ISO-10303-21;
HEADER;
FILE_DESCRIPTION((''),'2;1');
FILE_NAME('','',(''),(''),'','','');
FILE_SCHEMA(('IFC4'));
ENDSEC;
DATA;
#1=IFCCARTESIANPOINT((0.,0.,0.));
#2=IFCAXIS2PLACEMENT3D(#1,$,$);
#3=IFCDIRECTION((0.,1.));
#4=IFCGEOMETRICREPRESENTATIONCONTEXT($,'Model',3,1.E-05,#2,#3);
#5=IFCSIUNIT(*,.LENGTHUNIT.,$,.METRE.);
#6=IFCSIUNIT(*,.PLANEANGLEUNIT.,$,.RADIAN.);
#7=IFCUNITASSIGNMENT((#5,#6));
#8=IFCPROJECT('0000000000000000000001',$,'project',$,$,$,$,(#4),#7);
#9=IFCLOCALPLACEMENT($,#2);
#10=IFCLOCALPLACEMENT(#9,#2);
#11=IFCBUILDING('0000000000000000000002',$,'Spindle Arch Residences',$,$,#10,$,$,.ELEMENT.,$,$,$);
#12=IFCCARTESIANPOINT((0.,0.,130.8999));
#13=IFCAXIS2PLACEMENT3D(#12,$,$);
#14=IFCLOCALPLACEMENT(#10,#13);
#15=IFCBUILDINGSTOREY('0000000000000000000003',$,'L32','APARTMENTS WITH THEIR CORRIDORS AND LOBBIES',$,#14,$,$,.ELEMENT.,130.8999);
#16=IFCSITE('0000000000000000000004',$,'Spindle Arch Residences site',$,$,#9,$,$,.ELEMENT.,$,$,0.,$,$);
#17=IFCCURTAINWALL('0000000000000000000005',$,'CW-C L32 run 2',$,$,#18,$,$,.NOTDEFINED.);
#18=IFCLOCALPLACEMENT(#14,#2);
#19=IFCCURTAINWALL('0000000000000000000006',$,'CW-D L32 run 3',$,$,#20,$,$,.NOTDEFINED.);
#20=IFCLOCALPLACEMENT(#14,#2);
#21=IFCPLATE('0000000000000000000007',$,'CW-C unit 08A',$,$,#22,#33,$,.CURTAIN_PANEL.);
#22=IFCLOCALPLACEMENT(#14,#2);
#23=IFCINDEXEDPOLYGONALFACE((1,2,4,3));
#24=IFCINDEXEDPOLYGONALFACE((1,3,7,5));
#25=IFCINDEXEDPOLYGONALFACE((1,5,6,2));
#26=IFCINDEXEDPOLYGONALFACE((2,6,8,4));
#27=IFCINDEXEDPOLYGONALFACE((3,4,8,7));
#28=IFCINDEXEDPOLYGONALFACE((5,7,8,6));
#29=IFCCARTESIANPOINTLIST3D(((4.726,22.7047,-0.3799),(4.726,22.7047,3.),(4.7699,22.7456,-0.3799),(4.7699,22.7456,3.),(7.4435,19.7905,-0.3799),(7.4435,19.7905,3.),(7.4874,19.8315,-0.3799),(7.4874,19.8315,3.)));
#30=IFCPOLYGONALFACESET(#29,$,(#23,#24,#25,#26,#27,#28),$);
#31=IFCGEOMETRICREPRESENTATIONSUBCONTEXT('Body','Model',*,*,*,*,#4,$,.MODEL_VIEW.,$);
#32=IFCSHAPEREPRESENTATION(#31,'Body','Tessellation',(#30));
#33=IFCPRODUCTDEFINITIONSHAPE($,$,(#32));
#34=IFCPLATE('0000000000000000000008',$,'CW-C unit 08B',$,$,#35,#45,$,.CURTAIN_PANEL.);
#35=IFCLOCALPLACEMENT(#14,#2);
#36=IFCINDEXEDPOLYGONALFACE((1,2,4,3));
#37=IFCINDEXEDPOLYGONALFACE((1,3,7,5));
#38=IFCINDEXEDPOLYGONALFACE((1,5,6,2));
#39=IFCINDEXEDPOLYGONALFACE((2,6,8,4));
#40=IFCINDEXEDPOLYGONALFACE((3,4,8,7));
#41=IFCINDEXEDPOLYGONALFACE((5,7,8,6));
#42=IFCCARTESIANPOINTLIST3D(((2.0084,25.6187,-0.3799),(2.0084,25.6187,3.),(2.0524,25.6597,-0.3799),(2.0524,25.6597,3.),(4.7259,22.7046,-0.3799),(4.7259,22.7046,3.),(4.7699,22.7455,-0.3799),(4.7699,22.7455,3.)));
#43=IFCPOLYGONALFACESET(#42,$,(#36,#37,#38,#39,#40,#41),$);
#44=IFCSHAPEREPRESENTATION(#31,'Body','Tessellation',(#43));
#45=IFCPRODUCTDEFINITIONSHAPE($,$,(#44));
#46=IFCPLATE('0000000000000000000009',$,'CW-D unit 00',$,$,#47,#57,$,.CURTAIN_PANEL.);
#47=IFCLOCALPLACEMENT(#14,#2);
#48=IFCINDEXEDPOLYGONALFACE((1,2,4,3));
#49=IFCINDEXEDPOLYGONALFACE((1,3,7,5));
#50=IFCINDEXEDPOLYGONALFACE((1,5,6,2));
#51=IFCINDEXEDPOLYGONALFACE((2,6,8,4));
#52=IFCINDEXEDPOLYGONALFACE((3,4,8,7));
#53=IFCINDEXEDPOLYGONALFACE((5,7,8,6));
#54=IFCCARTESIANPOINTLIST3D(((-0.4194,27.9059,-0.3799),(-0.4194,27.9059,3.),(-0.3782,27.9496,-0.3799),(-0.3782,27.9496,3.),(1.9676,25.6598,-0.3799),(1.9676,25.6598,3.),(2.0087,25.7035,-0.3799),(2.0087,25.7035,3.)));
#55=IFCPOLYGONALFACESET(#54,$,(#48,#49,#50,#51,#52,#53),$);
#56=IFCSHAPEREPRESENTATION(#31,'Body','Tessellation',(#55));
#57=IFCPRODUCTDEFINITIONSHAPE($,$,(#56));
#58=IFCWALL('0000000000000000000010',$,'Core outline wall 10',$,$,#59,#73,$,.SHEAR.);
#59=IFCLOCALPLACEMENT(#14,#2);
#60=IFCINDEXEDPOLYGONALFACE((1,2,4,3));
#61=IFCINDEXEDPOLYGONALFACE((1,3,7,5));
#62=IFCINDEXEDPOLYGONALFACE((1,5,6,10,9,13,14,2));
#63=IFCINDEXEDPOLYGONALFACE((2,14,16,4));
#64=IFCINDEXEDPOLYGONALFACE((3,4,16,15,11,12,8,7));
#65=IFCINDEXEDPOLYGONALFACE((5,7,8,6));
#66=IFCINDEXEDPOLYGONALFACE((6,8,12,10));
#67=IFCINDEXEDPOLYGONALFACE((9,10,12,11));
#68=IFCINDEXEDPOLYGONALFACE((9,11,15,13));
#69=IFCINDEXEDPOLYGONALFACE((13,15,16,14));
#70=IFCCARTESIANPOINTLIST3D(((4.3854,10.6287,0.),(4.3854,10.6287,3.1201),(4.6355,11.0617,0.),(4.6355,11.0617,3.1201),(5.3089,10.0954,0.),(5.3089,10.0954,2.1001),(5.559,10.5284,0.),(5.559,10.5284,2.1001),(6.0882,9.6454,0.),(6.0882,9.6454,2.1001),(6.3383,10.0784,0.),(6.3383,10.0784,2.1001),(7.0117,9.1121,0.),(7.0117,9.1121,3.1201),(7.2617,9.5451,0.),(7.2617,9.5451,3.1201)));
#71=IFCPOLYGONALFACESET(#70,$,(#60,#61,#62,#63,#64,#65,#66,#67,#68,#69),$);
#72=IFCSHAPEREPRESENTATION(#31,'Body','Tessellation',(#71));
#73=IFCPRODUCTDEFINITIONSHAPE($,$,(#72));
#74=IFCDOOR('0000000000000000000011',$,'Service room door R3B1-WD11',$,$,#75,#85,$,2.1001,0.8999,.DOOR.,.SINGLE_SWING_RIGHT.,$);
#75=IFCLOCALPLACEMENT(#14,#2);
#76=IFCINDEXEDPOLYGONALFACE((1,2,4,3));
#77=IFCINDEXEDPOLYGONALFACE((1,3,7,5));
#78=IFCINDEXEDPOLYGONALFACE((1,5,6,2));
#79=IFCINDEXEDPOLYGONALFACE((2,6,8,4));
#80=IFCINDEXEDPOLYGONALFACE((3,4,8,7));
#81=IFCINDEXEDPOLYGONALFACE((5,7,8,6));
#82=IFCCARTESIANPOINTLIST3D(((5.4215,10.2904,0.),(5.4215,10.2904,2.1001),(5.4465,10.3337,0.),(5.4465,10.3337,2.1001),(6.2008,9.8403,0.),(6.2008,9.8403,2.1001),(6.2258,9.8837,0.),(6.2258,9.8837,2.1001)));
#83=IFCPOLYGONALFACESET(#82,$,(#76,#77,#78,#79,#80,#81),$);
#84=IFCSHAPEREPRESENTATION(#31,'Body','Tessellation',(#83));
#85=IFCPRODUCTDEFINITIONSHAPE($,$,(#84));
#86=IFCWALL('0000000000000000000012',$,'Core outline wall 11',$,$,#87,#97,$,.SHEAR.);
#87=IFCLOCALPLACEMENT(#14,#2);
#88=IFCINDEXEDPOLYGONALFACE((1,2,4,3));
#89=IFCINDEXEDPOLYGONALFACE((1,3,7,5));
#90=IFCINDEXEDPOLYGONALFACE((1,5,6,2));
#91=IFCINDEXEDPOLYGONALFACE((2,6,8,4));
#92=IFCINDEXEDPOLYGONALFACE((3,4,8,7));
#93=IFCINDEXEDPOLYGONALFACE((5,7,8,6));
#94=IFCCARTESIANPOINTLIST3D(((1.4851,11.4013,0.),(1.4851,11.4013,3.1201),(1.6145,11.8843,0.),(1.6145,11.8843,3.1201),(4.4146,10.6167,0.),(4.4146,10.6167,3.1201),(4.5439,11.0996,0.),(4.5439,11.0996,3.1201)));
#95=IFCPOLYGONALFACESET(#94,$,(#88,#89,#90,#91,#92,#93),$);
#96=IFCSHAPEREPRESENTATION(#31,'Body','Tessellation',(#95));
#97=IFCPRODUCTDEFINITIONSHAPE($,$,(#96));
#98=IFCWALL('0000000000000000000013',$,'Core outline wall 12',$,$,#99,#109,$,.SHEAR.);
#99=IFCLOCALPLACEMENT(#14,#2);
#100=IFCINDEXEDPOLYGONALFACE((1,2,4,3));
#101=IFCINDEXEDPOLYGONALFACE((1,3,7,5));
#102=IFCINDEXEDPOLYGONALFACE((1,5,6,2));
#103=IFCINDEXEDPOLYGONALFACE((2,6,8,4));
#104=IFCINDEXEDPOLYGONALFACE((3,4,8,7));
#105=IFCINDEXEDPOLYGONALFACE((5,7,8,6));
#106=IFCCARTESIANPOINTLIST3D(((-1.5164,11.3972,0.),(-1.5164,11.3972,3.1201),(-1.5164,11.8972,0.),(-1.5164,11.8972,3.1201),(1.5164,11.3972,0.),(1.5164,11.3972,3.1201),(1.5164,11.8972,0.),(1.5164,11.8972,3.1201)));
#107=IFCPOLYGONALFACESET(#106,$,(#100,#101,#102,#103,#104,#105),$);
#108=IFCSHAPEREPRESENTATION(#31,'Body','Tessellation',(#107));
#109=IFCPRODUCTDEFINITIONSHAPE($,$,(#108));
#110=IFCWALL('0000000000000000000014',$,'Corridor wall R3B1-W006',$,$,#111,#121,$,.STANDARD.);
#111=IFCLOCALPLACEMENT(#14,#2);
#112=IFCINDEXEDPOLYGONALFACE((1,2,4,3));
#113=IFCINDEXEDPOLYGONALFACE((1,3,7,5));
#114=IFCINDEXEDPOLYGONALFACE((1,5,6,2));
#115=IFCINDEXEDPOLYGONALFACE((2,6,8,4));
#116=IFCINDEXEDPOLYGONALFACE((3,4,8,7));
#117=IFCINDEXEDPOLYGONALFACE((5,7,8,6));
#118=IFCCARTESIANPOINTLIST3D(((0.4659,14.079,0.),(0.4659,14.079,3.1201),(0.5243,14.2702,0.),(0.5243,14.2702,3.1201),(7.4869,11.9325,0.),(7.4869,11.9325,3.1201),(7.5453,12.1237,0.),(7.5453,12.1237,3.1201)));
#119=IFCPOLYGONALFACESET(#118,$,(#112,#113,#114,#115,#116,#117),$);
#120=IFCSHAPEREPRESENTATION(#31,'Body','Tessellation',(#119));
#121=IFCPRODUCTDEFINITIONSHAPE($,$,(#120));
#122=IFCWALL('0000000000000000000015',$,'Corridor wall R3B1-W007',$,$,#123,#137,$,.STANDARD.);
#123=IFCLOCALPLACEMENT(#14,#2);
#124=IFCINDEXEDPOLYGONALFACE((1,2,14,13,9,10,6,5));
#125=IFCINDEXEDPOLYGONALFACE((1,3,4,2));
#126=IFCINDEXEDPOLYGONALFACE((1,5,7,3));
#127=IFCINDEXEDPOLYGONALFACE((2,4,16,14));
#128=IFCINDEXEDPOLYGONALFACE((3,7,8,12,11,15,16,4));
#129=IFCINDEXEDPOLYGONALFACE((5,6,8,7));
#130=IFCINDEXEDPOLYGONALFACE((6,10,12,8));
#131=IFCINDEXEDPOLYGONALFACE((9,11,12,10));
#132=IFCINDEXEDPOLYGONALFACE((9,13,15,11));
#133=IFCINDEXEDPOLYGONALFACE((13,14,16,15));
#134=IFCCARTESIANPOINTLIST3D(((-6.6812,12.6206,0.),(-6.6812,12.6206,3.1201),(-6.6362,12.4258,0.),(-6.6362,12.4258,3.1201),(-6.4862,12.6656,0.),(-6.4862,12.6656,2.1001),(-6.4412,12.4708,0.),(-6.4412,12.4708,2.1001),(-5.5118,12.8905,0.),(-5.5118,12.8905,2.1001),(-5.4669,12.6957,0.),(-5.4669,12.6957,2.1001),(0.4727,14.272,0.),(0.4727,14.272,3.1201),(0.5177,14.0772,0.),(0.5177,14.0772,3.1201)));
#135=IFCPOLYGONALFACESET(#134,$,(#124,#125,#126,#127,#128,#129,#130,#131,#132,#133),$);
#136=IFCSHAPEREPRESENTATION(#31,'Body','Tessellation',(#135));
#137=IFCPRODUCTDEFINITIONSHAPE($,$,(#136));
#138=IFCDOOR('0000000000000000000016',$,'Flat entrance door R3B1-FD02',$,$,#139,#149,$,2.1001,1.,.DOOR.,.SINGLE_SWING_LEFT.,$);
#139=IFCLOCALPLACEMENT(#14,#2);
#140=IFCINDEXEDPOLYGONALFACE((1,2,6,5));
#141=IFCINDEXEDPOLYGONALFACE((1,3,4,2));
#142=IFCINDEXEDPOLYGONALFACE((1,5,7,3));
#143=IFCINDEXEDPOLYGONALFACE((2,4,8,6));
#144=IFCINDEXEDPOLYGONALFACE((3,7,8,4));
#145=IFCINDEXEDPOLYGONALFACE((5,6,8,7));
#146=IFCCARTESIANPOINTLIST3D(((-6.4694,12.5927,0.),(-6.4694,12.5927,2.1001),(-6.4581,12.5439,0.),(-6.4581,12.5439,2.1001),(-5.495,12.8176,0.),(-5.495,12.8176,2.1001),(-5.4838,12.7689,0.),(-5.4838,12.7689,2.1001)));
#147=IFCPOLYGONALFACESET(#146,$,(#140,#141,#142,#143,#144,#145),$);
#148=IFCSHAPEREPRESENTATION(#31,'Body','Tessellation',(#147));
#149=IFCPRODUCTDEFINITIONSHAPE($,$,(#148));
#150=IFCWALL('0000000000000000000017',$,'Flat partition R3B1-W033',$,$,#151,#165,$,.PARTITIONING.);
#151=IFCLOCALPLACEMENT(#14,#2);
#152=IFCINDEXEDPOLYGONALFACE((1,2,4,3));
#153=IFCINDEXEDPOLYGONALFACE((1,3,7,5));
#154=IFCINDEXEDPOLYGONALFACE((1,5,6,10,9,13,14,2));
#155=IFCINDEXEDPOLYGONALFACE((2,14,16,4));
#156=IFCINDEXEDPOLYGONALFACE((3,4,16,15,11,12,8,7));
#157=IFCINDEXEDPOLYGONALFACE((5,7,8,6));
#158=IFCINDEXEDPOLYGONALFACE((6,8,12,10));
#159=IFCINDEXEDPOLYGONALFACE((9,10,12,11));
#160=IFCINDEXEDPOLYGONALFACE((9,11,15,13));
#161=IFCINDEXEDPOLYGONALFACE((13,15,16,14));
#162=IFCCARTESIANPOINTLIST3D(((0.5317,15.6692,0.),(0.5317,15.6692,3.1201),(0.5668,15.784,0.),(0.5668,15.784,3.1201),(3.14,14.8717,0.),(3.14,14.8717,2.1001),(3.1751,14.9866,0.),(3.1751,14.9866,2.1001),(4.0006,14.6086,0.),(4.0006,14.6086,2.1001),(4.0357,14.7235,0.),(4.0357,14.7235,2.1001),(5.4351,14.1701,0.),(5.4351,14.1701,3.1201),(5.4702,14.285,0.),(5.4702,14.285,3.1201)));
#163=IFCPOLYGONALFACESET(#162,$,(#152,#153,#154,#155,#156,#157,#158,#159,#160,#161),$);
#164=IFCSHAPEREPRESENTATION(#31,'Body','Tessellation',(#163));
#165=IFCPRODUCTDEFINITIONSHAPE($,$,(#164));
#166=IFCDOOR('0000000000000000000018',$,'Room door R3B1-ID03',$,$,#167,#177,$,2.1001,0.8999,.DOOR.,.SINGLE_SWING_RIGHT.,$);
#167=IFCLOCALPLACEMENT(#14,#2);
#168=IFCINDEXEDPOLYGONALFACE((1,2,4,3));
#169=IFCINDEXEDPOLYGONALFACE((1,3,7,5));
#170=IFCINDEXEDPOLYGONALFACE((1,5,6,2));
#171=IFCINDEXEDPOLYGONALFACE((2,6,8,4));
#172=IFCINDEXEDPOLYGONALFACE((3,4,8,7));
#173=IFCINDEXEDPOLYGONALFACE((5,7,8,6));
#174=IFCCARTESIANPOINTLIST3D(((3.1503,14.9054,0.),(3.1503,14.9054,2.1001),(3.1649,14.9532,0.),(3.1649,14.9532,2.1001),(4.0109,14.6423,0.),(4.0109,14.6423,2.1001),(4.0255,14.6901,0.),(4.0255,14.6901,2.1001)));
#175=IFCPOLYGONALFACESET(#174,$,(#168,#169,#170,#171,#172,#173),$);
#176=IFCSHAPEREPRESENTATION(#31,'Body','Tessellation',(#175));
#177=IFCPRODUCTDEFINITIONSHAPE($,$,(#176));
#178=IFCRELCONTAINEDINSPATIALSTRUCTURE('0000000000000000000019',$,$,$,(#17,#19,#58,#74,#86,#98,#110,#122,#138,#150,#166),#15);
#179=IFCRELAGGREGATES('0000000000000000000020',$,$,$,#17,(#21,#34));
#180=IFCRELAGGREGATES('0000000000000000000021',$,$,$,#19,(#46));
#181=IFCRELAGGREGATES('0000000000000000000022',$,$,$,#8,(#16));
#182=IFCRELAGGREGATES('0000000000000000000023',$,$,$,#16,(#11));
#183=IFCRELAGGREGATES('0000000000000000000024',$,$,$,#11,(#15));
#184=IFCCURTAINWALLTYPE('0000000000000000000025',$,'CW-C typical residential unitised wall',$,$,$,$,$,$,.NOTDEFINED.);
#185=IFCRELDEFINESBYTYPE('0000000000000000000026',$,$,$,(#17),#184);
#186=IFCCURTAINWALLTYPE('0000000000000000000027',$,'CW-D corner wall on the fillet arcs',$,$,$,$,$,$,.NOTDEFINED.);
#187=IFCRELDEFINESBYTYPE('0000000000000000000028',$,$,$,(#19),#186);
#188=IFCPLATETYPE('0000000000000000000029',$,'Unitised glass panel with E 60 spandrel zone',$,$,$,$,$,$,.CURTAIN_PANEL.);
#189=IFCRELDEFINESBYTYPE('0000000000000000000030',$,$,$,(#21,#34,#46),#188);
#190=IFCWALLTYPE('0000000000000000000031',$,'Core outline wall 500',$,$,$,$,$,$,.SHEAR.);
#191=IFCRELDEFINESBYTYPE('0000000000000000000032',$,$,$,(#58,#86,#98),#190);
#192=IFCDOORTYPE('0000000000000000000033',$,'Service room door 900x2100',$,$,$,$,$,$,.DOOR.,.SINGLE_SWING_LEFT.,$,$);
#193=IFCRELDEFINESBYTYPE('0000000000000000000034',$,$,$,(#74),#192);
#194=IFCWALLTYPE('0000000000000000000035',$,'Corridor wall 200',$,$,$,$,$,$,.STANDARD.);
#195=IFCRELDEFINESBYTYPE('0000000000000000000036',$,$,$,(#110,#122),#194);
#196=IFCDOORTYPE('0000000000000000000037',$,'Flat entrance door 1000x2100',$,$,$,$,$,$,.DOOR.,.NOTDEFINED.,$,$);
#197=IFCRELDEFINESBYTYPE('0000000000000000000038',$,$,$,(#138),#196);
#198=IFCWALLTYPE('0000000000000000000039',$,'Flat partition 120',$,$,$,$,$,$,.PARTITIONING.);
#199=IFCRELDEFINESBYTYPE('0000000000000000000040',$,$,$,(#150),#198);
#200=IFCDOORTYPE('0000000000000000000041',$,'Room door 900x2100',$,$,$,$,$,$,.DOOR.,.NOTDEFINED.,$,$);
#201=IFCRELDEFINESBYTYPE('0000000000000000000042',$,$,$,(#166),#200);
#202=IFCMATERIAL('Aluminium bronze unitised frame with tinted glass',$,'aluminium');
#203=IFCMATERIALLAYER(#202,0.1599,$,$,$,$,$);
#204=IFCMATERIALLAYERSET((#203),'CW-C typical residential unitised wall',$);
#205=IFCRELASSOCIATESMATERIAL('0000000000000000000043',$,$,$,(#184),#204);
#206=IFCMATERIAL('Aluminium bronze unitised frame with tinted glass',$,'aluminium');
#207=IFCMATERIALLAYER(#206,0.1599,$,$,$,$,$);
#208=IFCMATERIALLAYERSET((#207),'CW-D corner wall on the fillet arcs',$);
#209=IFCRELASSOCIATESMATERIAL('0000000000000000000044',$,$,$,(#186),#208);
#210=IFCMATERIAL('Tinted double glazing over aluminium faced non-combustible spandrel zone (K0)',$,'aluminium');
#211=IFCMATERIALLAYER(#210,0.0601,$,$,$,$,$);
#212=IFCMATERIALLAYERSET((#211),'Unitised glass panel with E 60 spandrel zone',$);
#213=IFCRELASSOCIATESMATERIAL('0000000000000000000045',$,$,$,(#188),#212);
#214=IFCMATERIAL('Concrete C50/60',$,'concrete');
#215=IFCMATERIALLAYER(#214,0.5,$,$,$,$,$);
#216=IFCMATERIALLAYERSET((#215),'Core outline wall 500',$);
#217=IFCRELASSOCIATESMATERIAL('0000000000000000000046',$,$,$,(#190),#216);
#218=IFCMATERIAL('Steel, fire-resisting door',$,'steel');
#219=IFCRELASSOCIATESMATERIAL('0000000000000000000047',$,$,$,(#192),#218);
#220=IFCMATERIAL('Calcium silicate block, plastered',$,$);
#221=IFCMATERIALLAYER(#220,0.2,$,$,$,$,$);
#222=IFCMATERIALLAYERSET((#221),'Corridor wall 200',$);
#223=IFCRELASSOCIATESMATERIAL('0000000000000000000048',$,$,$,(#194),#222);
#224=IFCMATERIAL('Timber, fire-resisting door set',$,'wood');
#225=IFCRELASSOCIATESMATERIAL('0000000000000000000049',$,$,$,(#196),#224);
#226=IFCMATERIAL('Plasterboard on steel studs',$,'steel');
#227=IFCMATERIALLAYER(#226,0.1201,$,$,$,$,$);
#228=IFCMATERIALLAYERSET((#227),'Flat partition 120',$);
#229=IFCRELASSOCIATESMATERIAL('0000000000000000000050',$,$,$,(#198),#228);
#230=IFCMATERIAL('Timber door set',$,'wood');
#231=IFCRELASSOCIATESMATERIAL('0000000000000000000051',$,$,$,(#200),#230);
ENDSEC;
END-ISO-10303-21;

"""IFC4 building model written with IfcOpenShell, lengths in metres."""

from ifc_helpers import new_model, si_unit, direction, frame, frame_2d, origin, origin_2d, place, context, subcontext, project, spatial, rectangle, extrude, material, layer, layer_set, type_object, element, fill, aggregate, save


model = new_model("IFC4")

# Units and contexts
model_context = context("Model", 3, precision=1e-05, world=origin(), true_north=direction((0.0, 1.0)))
body_context = subcontext(model_context, "Body", "Model", "MODEL_VIEW")
ifc_project = project(units=[si_unit("LENGTHUNIT", "METRE"), si_unit("PLANEANGLEUNIT", "RADIAN")], contexts=[model_context])

# Site, building, storey
site_placement = place(None, origin())
site = spatial("IfcSite", under=ifc_project, at=site_placement, Name="Spindle Arch Residences site", CompositionType="ELEMENT", RefElevation=0.0)
building_placement = place(site_placement, origin())
building = spatial("IfcBuilding", under=site, at=building_placement, Name="Spindle Arch Residences", CompositionType="ELEMENT")
storey_placement = place(building_placement, frame((0.0, 0.0, 130.8999)))
storey = spatial("IfcBuildingStorey", under=building, at=storey_placement, Name="L32", Description="APARTMENTS WITH THEIR CORRIDORS AND LOBBIES", CompositionType="ELEMENT", Elevation=130.8999)

# Curtain wall
ifc_material_1 = material(Name="Aluminium bronze unitised frame with tinted glass", Category="aluminium")
ifc_layer_1 = layer(ifc_material_1, 0.1599)
ifc_layer_set_1 = layer_set([ifc_layer_1], Name="CW-C typical residential unitised wall")
curtain_wall_type_1 = type_object("IfcCurtainWallType", Name="CW-C typical residential unitised wall", PredefinedType="NOTDEFINED", material=ifc_layer_set_1)
curtain_wall_1_placement = place(storey_placement, origin())
curtain_wall_1 = element("IfcCurtainWall", 1, at=curtain_wall_1_placement, inside=storey, type_object=curtain_wall_type_1, Name="CW-C L32 run 2", PredefinedType="NOTDEFINED")

# Curtain wall
ifc_material_2 = material(Name="Aluminium bronze unitised frame with tinted glass", Category="aluminium")
ifc_layer_2 = layer(ifc_material_2, 0.1599)
ifc_layer_set_2 = layer_set([ifc_layer_2], Name="CW-D corner wall on the fillet arcs")
curtain_wall_type_2 = type_object("IfcCurtainWallType", Name="CW-D corner wall on the fillet arcs", PredefinedType="NOTDEFINED", material=ifc_layer_set_2)
curtain_wall_2_placement = place(storey_placement, origin())
curtain_wall_2 = element("IfcCurtainWall", 2, at=curtain_wall_2_placement, inside=storey, type_object=curtain_wall_type_2, Name="CW-D L32 run 3", PredefinedType="NOTDEFINED")

# Plates
ifc_material_3 = material(Name="Tinted double glazing over aluminium faced non-combustible spandrel zone (K0)", Category="aluminium")
ifc_layer_3 = layer(ifc_material_3, 0.0601)
ifc_layer_set_3 = layer_set([ifc_layer_3], Name="Unitised glass panel with E 60 spandrel zone")
plate_type = type_object("IfcPlateType", Name="Unitised glass panel with E 60 spandrel zone", PredefinedType="CURTAIN_PANEL", material=ifc_layer_set_3)
plate_1_placement = place(storey_placement, frame((6.1067, 21.2681, -0.3799), z_axis=(0.0, 0.0, 1.0), x_axis=(-0.681998, 0.731354, 0.0)))
plate_1 = element("IfcPlate", 3, at=plate_1_placement, type_object=plate_type, Name="CW-C unit 08A", PredefinedType="CURTAIN_PANEL", context=body_context, shape_type="SweptSolid", body=[
    extrude(rectangle(XDim=3.9846, YDim=0.0601, at=origin_2d()), origin(), (0.0, 0.0, 1.0), 3.3799),
])
plate_2_placement = place(storey_placement, frame((3.3892, 24.1821, -0.3799), z_axis=(0.0, 0.0, 1.0), x_axis=(-0.681998, 0.731354, 0.0)))
plate_2 = element("IfcPlate", 4, at=plate_2_placement, type_object=plate_type, Name="CW-C unit 08B", PredefinedType="CURTAIN_PANEL", context=body_context, shape_type="SweptSolid", body=[
    extrude(rectangle(XDim=3.9846, YDim=0.0601, at=origin_2d()), origin(), (0.0, 0.0, 1.0), 3.3799),
])
aggregate(curtain_wall_1, [plate_1, plate_2])
plate_3_placement = place(storey_placement, frame((0.7947, 26.8047, -0.3799), z_axis=(0.0, 0.0, 1.0), x_axis=(-0.72827, 0.68529, 0.0)))
plate_3 = element("IfcPlate", 5, at=plate_3_placement, type_object=plate_type, Name="CW-D unit 00", PredefinedType="CURTAIN_PANEL", context=body_context, shape_type="SweptSolid", body=[
    extrude(rectangle(XDim=3.2776, YDim=0.0601, at=origin_2d()), origin(), (0.0, 0.0, 1.0), 3.3799),
])
aggregate(curtain_wall_2, [plate_3])

# Wall, opening, door
ifc_material_4 = material(Name="Concrete C50/60", Category="concrete")
ifc_layer_4 = layer(ifc_material_4, 0.5)
ifc_layer_set_4 = layer_set([ifc_layer_4], Name="Core outline wall 500")
wall_type_1 = type_object("IfcWallType", Name="Core outline wall 500", PredefinedType="SHEAR", material=ifc_layer_set_4)
wall_1_placement = place(storey_placement, frame((7.1367, 9.3286, 0.0), z_axis=(0.0, 0.0, 1.0), x_axis=(-0.865975, 0.500087, 0.0)))
wall_1 = element("IfcWall", 6, at=wall_1_placement, inside=storey, type_object=wall_type_1, Name="Core outline wall 10", PredefinedType="SHEAR", context=body_context, shape_type="SweptSolid", body=[
    extrude(rectangle(XDim=3.0327, YDim=0.5, at=frame_2d((1.5164, 0.0))), origin(), (0.0, 0.0, 1.0), 3.1201),
])
opening_1_placement = place(wall_1_placement, frame((1.0664, 0.0, 0.0)))
opening_1 = element("IfcOpeningElement", 7, at=opening_1_placement, cuts=wall_1, PredefinedType="OPENING", context=body_context, shape_type="SweptSolid", body=[
    extrude(rectangle(XDim=0.8999, YDim=2.1001, at=frame_2d((0.45, 1.05))), frame((0.0, 0.26, 0.0), z_axis=(0.0, -1.0, 0.0), x_axis=(1.0, 0.0, 0.0)), (0.0, 0.0, 1.0), 0.52),
])
ifc_material_5 = material(Name="Steel, fire-resisting door", Category="steel")
door_type_1 = type_object("IfcDoorType", Name="Service room door 900x2100", OperationType="SINGLE_SWING_LEFT", PredefinedType="DOOR", material=ifc_material_5)
door_1_placement = place(opening_1_placement, origin())
door_1 = element("IfcDoor", 8, at=door_1_placement, inside=storey, type_object=door_type_1, Name="Service room door R3B1-WD11", OperationType="SINGLE_SWING_RIGHT", OverallHeight=2.1001, OverallWidth=0.8999, PredefinedType="DOOR", context=body_context, shape_type="SweptSolid", body=[
    extrude(rectangle(XDim=0.8999, YDim=2.1001, at=frame_2d((0.45, 1.05))), frame((0.0, 0.0249, 0.0), z_axis=(0.0, -1.0, 0.0), x_axis=(1.0, 0.0, 0.0)), (0.0, 0.0, 1.0), 0.05),
])
fill(opening_1, door_1)

# Walls
for number, where, z_axis, x_axis, name in (
    (9, (4.4792, 10.8582, 0.0), (0.0, 0.0, 1.0), (-0.965948, 0.258735, 0.0), "Core outline wall 11"),
    (10, (1.5164, 11.6472, 0.0), (0.0, 0.0, 1.0), (-1.0, 0.0, 0.0), "Core outline wall 12"),
):
    element("IfcWall", number, at=place(storey_placement, frame(where, z_axis=z_axis, x_axis=x_axis)), inside=storey, type_object=wall_type_1, Name=name, PredefinedType="SHEAR", context=body_context, shape_type="SweptSolid", body=[
        extrude(rectangle(XDim=3.0327, YDim=0.5, at=frame_2d((1.5164, 0.0))), origin(), (0.0, 0.0, 1.0), 3.1201),
    ])
ifc_material_6 = material(Name="Calcium silicate block, plastered")
ifc_layer_5 = layer(ifc_material_6, 0.2)
ifc_layer_set_5 = layer_set([ifc_layer_5], Name="Corridor wall 200")
wall_type_2 = type_object("IfcWallType", Name="Corridor wall 200", PredefinedType="STANDARD", material=ifc_layer_set_5)
wall_2_placement = place(storey_placement, frame((7.5161, 12.0281, 0.0), z_axis=(0.0, 0.0, 1.0), x_axis=(-0.956307, 0.292366, 0.0)))
element("IfcWall", 11, at=wall_2_placement, inside=storey, type_object=wall_type_2, Name="Corridor wall R3B1-W006", PredefinedType="STANDARD", context=body_context, shape_type="SweptSolid", body=[
    extrude(rectangle(XDim=7.3418, YDim=0.2, at=frame_2d((3.6709, 0.0))), origin(), (0.0, 0.0, 1.0), 3.1201),
])

# Walls, openings, doors
wall_3_placement = place(storey_placement, frame((0.4951, 14.1746, 0.0), z_axis=(0.0, 0.0, 1.0), x_axis=(-0.974377, -0.224923, 0.0)))
wall_3 = element("IfcWall", 12, at=wall_3_placement, inside=storey, type_object=wall_type_2, Name="Corridor wall R3B1-W007", PredefinedType="STANDARD", context=body_context, shape_type="SweptSolid", body=[
    extrude(rectangle(XDim=7.342, YDim=0.2, at=frame_2d((3.6709, 0.0))), origin(), (0.0, 0.0, 1.0), 3.1201),
])
opening_2_placement = place(wall_3_placement, frame((6.1418, 0.0, 0.0)))
opening_2 = element("IfcOpeningElement", 13, at=opening_2_placement, cuts=wall_3, PredefinedType="OPENING", context=body_context, shape_type="SweptSolid", body=[
    extrude(rectangle(XDim=1.0, YDim=2.1001, at=frame_2d((0.5, 1.05))), frame((0.0, 0.1099, 0.0), z_axis=(0.0, -1.0, 0.0), x_axis=(1.0, 0.0, 0.0)), (0.0, 0.0, 1.0), 0.22),
])
ifc_material_7 = material(Name="Timber, fire-resisting door set", Category="wood")
door_type_2 = type_object("IfcDoorType", Name="Flat entrance door 1000x2100", OperationType="NOTDEFINED", PredefinedType="DOOR", material=ifc_material_7)
door_2_placement = place(opening_2_placement, origin())
door_2 = element("IfcDoor", 14, at=door_2_placement, inside=storey, type_object=door_type_2, Name="Flat entrance door R3B1-FD02", OperationType="SINGLE_SWING_LEFT", OverallHeight=2.1001, OverallWidth=1.0, PredefinedType="DOOR", context=body_context, shape_type="SweptSolid", body=[
    extrude(rectangle(XDim=1.0, YDim=2.1001, at=frame_2d((0.5, 1.05))), frame((0.0, 0.0249, 0.0), z_axis=(0.0, -1.0, 0.0), x_axis=(1.0, 0.0, 0.0)), (0.0, 0.0, 1.0), 0.05),
])
fill(opening_2, door_2)
ifc_material_8 = material(Name="Plasterboard on steel studs", Category="steel")
ifc_layer_6 = layer(ifc_material_8, 0.1201)
ifc_layer_set_6 = layer_set([ifc_layer_6], Name="Flat partition 120")
wall_type_3 = type_object("IfcWallType", Name="Flat partition 120", PredefinedType="PARTITIONING", material=ifc_layer_set_6)
wall_4_placement = place(storey_placement, frame((5.4526, 14.2275, 0.0), z_axis=(0.0, 0.0, 1.0), x_axis=(-0.956309, 0.292359, 0.0)))
wall_4 = element("IfcWall", 15, at=wall_4_placement, inside=storey, type_object=wall_type_3, Name="Flat partition R3B1-W033", PredefinedType="PARTITIONING", context=body_context, shape_type="SweptSolid", body=[
    extrude(rectangle(XDim=5.1274, YDim=0.1201, at=frame_2d((2.5637, 0.0))), origin(), (0.0, 0.0, 1.0), 3.1201),
])
opening_3_placement = place(wall_4_placement, frame((1.5, 0.0, 0.0)))
opening_3 = element("IfcOpeningElement", 16, at=opening_3_placement, cuts=wall_4, PredefinedType="OPENING", context=body_context, shape_type="SweptSolid", body=[
    extrude(rectangle(XDim=0.8999, YDim=2.1001, at=frame_2d((0.45, 1.05))), frame((0.0, 0.0701, 0.0), z_axis=(0.0, -1.0, 0.0), x_axis=(1.0, 0.0, 0.0)), (0.0, 0.0, 1.0), 0.1401),
])
ifc_material_9 = material(Name="Timber door set", Category="wood")
door_type_3 = type_object("IfcDoorType", Name="Room door 900x2100", OperationType="NOTDEFINED", PredefinedType="DOOR", material=ifc_material_9)
door_3_placement = place(opening_3_placement, origin())
door_3 = element("IfcDoor", 17, at=door_3_placement, inside=storey, type_object=door_type_3, Name="Room door R3B1-ID03", OperationType="SINGLE_SWING_RIGHT", OverallHeight=2.1001, OverallWidth=0.8999, PredefinedType="DOOR", context=body_context, shape_type="SweptSolid", body=[
    extrude(rectangle(XDim=0.8999, YDim=2.1001, at=frame_2d((0.45, 1.05))), frame((0.0, 0.0249, 0.0), z_axis=(0.0, -1.0, 0.0), x_axis=(1.0, 0.0, 0.0)), (0.0, 0.0, 1.0), 0.05),
])
fill(opening_3, door_3)

save(model, "model.ifc")
